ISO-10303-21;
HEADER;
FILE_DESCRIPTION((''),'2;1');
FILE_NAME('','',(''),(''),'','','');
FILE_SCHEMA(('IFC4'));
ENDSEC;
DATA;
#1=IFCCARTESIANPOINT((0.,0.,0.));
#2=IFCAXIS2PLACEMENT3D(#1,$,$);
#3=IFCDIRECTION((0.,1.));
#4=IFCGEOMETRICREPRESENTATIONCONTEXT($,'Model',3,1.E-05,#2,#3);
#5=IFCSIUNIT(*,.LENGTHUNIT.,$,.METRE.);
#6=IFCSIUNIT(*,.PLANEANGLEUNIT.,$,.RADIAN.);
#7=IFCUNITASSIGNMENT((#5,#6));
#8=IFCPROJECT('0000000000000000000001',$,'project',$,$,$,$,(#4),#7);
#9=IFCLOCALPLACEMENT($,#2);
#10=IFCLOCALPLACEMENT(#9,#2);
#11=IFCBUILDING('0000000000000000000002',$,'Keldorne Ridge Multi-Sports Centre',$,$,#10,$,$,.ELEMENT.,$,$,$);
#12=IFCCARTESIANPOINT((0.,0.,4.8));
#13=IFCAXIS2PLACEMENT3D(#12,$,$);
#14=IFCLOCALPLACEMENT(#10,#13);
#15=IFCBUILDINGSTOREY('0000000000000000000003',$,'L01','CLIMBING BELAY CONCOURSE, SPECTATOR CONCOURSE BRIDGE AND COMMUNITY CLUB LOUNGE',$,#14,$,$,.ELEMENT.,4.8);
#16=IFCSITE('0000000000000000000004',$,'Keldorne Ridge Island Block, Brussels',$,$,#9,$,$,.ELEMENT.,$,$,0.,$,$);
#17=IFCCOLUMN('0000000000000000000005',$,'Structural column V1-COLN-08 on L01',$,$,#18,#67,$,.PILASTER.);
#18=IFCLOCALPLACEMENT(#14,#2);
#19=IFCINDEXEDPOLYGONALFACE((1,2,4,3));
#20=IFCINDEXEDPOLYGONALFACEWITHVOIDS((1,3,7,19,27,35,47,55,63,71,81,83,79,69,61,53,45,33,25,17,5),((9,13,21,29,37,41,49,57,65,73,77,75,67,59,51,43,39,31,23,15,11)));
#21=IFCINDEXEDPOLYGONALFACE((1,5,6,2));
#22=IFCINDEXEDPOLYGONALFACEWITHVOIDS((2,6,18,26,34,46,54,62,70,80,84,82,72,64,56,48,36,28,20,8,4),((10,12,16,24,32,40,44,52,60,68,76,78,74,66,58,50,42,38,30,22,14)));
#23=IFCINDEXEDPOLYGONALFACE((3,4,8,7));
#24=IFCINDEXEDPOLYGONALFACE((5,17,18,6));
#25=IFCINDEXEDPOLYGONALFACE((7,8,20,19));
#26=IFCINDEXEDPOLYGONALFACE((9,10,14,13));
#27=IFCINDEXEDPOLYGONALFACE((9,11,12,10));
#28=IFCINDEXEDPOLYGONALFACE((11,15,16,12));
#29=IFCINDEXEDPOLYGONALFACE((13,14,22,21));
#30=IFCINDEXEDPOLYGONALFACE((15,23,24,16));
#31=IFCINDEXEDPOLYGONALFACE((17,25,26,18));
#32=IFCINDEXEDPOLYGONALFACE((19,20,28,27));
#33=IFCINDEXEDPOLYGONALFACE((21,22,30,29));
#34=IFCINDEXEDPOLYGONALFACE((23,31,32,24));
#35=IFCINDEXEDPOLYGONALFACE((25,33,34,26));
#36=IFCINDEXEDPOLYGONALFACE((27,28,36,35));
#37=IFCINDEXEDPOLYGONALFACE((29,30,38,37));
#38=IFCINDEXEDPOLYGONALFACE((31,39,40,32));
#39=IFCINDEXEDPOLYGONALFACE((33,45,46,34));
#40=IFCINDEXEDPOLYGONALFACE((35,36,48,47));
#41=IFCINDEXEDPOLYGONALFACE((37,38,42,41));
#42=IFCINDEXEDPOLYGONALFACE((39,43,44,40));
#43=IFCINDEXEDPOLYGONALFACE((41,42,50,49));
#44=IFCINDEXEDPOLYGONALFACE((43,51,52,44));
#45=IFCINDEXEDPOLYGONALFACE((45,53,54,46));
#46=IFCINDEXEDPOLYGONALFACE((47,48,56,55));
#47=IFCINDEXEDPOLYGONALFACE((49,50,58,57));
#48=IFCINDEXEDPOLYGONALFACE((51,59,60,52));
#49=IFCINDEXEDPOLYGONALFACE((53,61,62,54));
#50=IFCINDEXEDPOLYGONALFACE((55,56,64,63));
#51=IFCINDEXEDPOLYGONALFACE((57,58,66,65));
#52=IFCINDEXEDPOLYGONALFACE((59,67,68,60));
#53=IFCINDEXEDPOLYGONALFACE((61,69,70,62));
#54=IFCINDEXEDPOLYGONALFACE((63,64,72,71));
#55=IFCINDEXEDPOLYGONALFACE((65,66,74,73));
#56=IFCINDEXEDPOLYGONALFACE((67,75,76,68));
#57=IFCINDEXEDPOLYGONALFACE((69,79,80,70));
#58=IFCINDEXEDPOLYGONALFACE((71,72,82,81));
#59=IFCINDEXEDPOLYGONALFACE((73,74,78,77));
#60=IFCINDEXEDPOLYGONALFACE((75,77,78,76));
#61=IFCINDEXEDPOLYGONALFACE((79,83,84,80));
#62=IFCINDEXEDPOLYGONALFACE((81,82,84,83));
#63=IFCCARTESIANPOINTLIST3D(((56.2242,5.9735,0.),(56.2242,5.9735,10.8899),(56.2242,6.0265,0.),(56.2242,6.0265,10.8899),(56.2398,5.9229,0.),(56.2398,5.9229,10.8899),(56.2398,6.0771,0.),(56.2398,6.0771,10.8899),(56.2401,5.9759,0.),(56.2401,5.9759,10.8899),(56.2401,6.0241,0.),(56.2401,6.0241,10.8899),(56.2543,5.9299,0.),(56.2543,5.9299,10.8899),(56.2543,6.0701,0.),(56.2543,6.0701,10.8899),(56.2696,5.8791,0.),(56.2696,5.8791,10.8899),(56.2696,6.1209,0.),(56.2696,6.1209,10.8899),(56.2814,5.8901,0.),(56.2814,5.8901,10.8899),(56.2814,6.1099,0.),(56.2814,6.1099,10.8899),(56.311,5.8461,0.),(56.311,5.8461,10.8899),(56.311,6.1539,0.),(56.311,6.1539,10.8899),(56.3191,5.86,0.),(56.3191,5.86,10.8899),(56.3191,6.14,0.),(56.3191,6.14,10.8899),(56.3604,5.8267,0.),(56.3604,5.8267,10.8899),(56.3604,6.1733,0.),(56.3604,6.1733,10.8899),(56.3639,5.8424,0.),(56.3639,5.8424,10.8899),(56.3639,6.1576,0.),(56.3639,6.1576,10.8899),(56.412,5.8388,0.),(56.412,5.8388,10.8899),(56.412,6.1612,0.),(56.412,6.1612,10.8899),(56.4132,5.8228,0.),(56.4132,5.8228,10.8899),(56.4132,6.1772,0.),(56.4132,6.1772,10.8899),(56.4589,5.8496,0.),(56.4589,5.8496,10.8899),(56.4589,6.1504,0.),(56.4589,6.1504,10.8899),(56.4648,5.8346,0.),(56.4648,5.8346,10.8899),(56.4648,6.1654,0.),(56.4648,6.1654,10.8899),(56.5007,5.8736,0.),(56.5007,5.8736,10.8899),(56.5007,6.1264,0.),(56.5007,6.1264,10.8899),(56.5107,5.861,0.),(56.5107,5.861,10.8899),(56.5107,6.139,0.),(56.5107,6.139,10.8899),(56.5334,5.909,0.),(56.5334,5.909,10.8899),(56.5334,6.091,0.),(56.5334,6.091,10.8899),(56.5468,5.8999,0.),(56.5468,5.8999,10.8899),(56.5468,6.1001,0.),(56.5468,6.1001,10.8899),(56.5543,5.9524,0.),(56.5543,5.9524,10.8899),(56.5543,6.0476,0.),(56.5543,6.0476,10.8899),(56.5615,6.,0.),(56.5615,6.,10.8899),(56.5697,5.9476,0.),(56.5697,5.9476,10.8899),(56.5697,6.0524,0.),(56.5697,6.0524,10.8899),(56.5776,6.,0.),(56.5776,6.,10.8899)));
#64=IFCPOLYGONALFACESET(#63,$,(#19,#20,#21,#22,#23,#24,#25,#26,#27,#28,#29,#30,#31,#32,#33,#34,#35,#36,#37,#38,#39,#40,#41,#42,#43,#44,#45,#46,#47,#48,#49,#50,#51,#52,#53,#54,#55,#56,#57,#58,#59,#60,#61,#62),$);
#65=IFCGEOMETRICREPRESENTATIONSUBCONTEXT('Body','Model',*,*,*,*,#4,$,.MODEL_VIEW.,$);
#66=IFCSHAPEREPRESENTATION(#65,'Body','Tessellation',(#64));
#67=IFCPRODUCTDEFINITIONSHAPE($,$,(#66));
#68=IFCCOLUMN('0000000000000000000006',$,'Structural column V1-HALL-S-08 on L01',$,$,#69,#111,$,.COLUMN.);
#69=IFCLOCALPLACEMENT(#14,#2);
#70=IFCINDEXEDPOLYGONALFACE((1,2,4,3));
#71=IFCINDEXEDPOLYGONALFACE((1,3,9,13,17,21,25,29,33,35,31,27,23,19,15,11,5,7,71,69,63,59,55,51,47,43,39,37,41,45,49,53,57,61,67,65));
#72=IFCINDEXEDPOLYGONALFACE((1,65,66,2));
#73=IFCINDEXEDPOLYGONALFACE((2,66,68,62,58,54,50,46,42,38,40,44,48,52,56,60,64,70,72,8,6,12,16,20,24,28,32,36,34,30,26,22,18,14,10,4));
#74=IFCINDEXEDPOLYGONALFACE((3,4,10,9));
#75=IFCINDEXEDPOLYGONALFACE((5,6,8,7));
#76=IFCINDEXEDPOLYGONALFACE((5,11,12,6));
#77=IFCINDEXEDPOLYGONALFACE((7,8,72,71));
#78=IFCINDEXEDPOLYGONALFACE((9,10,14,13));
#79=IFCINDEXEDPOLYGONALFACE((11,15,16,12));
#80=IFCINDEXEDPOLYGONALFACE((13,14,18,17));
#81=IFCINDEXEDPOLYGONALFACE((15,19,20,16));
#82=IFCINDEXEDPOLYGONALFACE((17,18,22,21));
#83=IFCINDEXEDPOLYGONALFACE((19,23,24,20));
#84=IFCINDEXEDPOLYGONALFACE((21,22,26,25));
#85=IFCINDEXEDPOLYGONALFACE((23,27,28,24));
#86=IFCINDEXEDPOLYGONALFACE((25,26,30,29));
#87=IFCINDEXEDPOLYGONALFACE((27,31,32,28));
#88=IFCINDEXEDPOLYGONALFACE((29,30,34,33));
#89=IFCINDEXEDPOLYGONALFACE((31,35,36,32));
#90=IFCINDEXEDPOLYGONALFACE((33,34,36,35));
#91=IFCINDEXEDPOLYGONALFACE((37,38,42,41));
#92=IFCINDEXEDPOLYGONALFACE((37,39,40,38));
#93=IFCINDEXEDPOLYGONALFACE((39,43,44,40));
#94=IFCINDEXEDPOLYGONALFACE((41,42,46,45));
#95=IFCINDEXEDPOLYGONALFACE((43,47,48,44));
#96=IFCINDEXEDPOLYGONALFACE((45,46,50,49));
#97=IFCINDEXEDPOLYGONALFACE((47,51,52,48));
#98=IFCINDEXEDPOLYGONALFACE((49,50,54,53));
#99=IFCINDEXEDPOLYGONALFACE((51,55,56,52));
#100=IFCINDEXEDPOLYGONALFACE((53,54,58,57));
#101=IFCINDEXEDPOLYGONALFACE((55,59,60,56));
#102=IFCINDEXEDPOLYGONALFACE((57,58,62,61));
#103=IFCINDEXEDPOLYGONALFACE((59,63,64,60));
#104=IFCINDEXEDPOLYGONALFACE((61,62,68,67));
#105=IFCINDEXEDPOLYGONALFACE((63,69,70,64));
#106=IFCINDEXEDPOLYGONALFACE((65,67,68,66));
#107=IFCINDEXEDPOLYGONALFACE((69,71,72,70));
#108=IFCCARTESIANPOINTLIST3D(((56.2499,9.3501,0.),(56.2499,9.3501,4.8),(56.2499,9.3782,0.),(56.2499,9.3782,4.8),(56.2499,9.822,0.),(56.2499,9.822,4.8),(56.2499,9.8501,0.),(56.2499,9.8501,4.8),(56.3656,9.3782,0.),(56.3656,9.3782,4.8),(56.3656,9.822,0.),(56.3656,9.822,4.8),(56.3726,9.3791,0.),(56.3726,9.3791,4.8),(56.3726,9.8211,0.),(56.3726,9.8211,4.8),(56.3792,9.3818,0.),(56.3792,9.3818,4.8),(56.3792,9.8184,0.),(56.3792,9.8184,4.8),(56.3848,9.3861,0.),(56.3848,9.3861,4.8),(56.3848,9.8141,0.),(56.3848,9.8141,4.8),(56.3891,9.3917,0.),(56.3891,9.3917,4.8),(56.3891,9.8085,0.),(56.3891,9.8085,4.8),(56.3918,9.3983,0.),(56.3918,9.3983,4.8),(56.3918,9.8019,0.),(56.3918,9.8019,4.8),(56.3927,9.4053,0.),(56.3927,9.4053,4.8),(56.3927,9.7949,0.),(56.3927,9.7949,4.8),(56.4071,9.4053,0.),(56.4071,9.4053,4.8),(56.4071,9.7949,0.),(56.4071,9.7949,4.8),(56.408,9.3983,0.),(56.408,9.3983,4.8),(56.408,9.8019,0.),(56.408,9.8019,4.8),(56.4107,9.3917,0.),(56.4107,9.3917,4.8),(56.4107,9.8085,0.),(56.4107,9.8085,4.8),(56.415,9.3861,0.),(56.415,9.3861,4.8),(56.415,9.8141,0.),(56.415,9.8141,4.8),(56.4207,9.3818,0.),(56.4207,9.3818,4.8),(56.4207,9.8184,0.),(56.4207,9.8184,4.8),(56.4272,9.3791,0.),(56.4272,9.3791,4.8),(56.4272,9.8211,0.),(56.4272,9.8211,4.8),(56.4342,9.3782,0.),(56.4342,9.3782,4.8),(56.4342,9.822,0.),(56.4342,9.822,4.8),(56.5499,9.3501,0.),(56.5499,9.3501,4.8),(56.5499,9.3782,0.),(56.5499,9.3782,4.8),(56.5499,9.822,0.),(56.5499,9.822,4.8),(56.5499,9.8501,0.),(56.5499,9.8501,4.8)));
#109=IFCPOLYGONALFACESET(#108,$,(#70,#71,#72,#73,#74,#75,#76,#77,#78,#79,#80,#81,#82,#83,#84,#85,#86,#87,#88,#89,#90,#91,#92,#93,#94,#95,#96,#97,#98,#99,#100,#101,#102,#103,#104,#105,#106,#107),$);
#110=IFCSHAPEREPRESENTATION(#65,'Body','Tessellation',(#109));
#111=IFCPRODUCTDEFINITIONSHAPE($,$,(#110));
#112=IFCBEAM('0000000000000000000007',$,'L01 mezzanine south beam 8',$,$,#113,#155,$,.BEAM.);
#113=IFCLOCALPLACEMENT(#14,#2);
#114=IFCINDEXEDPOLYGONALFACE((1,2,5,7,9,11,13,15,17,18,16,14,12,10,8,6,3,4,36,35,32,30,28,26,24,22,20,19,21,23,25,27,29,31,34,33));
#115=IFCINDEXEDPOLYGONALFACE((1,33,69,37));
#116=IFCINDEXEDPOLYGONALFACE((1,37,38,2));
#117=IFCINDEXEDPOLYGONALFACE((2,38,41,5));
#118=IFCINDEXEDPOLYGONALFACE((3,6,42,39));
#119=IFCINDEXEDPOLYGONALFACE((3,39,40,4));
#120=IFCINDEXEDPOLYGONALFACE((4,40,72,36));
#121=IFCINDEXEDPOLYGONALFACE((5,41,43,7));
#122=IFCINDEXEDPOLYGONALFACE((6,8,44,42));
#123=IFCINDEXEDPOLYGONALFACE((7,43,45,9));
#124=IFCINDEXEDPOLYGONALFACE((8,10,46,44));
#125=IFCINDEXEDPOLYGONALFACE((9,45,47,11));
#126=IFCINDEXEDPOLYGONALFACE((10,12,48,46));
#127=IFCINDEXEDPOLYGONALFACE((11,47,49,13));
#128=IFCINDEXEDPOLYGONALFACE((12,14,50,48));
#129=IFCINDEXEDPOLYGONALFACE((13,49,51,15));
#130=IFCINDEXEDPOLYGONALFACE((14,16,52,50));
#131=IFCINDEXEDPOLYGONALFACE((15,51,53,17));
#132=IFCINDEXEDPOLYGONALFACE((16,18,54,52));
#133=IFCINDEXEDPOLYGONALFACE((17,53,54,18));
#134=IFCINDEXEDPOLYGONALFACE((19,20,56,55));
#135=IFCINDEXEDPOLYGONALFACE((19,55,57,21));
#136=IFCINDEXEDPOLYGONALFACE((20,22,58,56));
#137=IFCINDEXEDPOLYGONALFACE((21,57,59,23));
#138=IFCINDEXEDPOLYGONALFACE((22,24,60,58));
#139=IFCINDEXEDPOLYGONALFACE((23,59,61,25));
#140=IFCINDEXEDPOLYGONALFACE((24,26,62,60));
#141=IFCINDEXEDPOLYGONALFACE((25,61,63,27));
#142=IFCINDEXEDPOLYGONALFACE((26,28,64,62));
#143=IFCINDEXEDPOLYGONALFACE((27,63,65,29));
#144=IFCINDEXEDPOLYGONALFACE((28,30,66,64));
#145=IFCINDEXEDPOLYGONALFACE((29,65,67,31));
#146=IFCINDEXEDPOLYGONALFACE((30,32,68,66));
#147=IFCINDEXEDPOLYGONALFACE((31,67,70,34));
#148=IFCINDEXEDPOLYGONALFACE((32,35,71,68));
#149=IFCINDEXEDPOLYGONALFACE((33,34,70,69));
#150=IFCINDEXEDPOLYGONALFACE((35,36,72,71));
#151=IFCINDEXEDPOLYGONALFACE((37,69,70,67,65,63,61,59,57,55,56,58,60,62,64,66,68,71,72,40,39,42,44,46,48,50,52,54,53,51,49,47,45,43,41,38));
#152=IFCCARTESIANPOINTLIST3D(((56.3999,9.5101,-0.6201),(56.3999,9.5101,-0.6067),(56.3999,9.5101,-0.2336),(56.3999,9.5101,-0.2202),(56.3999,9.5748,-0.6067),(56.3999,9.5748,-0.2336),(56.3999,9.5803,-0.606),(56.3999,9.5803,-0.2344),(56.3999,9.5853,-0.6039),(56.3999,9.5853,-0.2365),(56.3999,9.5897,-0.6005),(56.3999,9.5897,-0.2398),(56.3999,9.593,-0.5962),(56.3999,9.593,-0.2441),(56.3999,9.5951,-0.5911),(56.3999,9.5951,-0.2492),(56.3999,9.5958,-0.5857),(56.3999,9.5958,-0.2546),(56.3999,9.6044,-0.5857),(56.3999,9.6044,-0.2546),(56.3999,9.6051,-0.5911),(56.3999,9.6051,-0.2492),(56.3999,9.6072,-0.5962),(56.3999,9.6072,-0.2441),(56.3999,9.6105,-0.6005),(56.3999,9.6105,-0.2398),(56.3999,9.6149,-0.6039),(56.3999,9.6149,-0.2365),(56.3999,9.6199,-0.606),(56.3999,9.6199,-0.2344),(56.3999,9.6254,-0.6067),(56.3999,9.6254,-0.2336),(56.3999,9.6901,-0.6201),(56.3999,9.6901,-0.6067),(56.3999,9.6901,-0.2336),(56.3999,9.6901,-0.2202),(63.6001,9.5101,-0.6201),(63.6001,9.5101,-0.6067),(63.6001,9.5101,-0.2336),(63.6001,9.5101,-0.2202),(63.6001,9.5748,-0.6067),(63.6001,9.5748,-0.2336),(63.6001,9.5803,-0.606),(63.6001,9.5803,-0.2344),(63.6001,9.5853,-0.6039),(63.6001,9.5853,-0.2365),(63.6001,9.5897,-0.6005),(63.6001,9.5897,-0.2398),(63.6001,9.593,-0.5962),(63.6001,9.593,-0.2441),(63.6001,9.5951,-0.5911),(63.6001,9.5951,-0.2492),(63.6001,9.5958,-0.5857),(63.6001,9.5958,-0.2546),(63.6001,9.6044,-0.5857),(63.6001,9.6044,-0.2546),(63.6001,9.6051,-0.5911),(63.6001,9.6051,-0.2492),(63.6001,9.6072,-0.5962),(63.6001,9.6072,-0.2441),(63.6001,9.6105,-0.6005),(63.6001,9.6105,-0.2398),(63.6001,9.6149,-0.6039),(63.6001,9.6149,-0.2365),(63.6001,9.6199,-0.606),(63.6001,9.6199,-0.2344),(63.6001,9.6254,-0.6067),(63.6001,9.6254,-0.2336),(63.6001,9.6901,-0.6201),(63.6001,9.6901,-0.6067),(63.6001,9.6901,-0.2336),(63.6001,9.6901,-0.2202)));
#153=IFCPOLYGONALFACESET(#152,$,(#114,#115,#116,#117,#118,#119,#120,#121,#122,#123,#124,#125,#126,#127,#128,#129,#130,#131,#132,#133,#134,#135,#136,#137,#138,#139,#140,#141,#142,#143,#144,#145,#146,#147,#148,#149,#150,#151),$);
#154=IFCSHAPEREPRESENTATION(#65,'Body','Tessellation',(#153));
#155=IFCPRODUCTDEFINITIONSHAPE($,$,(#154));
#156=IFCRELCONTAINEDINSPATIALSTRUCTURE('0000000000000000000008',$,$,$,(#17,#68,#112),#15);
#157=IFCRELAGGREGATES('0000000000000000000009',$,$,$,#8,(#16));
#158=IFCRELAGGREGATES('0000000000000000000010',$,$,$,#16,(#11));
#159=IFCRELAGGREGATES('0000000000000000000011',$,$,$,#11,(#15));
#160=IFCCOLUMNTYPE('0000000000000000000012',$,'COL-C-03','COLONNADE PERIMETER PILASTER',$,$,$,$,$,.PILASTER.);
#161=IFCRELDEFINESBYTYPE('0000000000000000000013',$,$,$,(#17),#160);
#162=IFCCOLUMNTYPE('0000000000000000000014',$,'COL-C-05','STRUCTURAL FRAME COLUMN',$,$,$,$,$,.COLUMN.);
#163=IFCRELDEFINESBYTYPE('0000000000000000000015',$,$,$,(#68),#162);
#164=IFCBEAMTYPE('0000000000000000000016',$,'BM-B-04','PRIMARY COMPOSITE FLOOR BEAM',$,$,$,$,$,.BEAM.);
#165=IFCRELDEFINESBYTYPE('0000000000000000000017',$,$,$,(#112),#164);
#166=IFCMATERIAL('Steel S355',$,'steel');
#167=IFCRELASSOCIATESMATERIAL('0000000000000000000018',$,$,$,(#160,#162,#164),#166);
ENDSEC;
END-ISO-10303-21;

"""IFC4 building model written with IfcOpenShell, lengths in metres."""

from ifc_helpers import new_model, si_unit, direction, frame, origin, origin_2d, place, context, subcontext, project, spatial, hollow_circle, i_section, extrude, material, material_profile, profile_set, type_object, element, save


model = new_model("IFC4")

# Units and contexts
model_context = context("Model", 3, precision=1e-05, world=origin(), true_north=direction((0.0, 1.0)))
body_context = subcontext(model_context, "Body", "Model", "MODEL_VIEW")
ifc_project = project(units=[si_unit("LENGTHUNIT", "METRE"), si_unit("PLANEANGLEUNIT", "RADIAN")], contexts=[model_context])

# Site, building, storey
site_placement = place(None, origin())
site = spatial("IfcSite", under=ifc_project, at=site_placement, Name="Keldorne Ridge Island Block, Brussels", CompositionType="ELEMENT", RefElevation=0.0)
building_placement = place(site_placement, origin())
building = spatial("IfcBuilding", under=site, at=building_placement, Name="Keldorne Ridge Multi-Sports Centre", CompositionType="ELEMENT")
storey_placement = place(building_placement, frame((0.0, 0.0, 4.8)))
storey = spatial("IfcBuildingStorey", under=building, at=storey_placement, Name="L01", Description="CLIMBING BELAY CONCOURSE, SPECTATOR CONCOURSE BRIDGE AND COMMUNITY CLUB LOUNGE", CompositionType="ELEMENT", Elevation=4.8)

# Columns
ifc_material_1 = material(Name="Steel S355", Category="steel")
ifc_material_profile_1 = material_profile(ifc_material_1, hollow_circle(Radius=0.1777, WallThickness=0.0161, at=origin_2d()), Name="CHS 355.6x16")
ifc_profile_set_1 = profile_set([ifc_material_profile_1], Name="Steel S355")
column_type_1 = type_object("IfcColumnType", Name="COL-C-03", Description="COLONNADE PERIMETER PILASTER", PredefinedType="PILASTER", material=ifc_profile_set_1)
column_1_placement = place(storey_placement, frame((56.3999, 6.0, 0.0), z_axis=(0.0, 0.0, 1.0), x_axis=(1.0, 0.0, 0.0)))
element("IfcColumn", 1, at=column_1_placement, inside=storey, type_object=column_type_1, Name="Structural column V1-COLN-08 on L01", PredefinedType="PILASTER", context=body_context, shape_type="SweptSolid", body=[
    extrude(hollow_circle(Radius=0.1777, WallThickness=0.0161, at=origin_2d()), origin(), (0.0, 0.0, 1.0), 10.8899),
])
ifc_material_profile_2 = material_profile(ifc_material_1, i_section(OverallWidth=0.3, OverallDepth=0.5, WebThickness=0.0144, FlangeThickness=0.0281, FilletRadius=0.0271, at=origin_2d()), Name="HEB 500")
ifc_profile_set_2 = profile_set([ifc_material_profile_2], Name="Steel S355")
column_type_2 = type_object("IfcColumnType", Name="COL-C-05", Description="STRUCTURAL FRAME COLUMN", PredefinedType="COLUMN", material=ifc_profile_set_2)
column_2_placement = place(storey_placement, frame((56.3999, 9.6001, 0.0), z_axis=(0.0, 0.0, 1.0), x_axis=(1.0, 0.0, 0.0)))
element("IfcColumn", 2, at=column_2_placement, inside=storey, type_object=column_type_2, Name="Structural column V1-HALL-S-08 on L01", PredefinedType="COLUMN", context=body_context, shape_type="SweptSolid", body=[
    extrude(i_section(OverallWidth=0.3, OverallDepth=0.5, WebThickness=0.0144, FlangeThickness=0.0281, FilletRadius=0.0271, at=origin_2d()), origin(), (0.0, 0.0, 1.0), 4.8),
])

# Beam
ifc_material_profile_3 = material_profile(ifc_material_1, i_section(OverallWidth=0.1799, OverallDepth=0.3999, WebThickness=0.0085, FlangeThickness=0.0134, FilletRadius=0.021, at=origin_2d()), Name="IPE 400")
ifc_profile_set_3 = profile_set([ifc_material_profile_3], Name="Steel S355")
beam_type_1 = type_object("IfcBeamType", Name="BM-B-04", Description="PRIMARY COMPOSITE FLOOR BEAM", PredefinedType="BEAM", material=ifc_profile_set_3)
beam_1_placement = place(storey_placement, frame((56.3999, 9.6001, -0.4202), z_axis=(1.0, 0.0, 0.0), x_axis=(0.0, 1.0, 0.0)))
element("IfcBeam", 3, at=beam_1_placement, inside=storey, type_object=beam_type_1, Name="L01 mezzanine south beam 8", PredefinedType="BEAM", context=body_context, shape_type="SweptSolid", body=[
    extrude(i_section(OverallWidth=0.1799, OverallDepth=0.3999, WebThickness=0.0085, FlangeThickness=0.0134, FilletRadius=0.021, at=origin_2d()), origin(), (0.0, 0.0, 1.0), 7.2002),
])

save(model, "model.ifc")
